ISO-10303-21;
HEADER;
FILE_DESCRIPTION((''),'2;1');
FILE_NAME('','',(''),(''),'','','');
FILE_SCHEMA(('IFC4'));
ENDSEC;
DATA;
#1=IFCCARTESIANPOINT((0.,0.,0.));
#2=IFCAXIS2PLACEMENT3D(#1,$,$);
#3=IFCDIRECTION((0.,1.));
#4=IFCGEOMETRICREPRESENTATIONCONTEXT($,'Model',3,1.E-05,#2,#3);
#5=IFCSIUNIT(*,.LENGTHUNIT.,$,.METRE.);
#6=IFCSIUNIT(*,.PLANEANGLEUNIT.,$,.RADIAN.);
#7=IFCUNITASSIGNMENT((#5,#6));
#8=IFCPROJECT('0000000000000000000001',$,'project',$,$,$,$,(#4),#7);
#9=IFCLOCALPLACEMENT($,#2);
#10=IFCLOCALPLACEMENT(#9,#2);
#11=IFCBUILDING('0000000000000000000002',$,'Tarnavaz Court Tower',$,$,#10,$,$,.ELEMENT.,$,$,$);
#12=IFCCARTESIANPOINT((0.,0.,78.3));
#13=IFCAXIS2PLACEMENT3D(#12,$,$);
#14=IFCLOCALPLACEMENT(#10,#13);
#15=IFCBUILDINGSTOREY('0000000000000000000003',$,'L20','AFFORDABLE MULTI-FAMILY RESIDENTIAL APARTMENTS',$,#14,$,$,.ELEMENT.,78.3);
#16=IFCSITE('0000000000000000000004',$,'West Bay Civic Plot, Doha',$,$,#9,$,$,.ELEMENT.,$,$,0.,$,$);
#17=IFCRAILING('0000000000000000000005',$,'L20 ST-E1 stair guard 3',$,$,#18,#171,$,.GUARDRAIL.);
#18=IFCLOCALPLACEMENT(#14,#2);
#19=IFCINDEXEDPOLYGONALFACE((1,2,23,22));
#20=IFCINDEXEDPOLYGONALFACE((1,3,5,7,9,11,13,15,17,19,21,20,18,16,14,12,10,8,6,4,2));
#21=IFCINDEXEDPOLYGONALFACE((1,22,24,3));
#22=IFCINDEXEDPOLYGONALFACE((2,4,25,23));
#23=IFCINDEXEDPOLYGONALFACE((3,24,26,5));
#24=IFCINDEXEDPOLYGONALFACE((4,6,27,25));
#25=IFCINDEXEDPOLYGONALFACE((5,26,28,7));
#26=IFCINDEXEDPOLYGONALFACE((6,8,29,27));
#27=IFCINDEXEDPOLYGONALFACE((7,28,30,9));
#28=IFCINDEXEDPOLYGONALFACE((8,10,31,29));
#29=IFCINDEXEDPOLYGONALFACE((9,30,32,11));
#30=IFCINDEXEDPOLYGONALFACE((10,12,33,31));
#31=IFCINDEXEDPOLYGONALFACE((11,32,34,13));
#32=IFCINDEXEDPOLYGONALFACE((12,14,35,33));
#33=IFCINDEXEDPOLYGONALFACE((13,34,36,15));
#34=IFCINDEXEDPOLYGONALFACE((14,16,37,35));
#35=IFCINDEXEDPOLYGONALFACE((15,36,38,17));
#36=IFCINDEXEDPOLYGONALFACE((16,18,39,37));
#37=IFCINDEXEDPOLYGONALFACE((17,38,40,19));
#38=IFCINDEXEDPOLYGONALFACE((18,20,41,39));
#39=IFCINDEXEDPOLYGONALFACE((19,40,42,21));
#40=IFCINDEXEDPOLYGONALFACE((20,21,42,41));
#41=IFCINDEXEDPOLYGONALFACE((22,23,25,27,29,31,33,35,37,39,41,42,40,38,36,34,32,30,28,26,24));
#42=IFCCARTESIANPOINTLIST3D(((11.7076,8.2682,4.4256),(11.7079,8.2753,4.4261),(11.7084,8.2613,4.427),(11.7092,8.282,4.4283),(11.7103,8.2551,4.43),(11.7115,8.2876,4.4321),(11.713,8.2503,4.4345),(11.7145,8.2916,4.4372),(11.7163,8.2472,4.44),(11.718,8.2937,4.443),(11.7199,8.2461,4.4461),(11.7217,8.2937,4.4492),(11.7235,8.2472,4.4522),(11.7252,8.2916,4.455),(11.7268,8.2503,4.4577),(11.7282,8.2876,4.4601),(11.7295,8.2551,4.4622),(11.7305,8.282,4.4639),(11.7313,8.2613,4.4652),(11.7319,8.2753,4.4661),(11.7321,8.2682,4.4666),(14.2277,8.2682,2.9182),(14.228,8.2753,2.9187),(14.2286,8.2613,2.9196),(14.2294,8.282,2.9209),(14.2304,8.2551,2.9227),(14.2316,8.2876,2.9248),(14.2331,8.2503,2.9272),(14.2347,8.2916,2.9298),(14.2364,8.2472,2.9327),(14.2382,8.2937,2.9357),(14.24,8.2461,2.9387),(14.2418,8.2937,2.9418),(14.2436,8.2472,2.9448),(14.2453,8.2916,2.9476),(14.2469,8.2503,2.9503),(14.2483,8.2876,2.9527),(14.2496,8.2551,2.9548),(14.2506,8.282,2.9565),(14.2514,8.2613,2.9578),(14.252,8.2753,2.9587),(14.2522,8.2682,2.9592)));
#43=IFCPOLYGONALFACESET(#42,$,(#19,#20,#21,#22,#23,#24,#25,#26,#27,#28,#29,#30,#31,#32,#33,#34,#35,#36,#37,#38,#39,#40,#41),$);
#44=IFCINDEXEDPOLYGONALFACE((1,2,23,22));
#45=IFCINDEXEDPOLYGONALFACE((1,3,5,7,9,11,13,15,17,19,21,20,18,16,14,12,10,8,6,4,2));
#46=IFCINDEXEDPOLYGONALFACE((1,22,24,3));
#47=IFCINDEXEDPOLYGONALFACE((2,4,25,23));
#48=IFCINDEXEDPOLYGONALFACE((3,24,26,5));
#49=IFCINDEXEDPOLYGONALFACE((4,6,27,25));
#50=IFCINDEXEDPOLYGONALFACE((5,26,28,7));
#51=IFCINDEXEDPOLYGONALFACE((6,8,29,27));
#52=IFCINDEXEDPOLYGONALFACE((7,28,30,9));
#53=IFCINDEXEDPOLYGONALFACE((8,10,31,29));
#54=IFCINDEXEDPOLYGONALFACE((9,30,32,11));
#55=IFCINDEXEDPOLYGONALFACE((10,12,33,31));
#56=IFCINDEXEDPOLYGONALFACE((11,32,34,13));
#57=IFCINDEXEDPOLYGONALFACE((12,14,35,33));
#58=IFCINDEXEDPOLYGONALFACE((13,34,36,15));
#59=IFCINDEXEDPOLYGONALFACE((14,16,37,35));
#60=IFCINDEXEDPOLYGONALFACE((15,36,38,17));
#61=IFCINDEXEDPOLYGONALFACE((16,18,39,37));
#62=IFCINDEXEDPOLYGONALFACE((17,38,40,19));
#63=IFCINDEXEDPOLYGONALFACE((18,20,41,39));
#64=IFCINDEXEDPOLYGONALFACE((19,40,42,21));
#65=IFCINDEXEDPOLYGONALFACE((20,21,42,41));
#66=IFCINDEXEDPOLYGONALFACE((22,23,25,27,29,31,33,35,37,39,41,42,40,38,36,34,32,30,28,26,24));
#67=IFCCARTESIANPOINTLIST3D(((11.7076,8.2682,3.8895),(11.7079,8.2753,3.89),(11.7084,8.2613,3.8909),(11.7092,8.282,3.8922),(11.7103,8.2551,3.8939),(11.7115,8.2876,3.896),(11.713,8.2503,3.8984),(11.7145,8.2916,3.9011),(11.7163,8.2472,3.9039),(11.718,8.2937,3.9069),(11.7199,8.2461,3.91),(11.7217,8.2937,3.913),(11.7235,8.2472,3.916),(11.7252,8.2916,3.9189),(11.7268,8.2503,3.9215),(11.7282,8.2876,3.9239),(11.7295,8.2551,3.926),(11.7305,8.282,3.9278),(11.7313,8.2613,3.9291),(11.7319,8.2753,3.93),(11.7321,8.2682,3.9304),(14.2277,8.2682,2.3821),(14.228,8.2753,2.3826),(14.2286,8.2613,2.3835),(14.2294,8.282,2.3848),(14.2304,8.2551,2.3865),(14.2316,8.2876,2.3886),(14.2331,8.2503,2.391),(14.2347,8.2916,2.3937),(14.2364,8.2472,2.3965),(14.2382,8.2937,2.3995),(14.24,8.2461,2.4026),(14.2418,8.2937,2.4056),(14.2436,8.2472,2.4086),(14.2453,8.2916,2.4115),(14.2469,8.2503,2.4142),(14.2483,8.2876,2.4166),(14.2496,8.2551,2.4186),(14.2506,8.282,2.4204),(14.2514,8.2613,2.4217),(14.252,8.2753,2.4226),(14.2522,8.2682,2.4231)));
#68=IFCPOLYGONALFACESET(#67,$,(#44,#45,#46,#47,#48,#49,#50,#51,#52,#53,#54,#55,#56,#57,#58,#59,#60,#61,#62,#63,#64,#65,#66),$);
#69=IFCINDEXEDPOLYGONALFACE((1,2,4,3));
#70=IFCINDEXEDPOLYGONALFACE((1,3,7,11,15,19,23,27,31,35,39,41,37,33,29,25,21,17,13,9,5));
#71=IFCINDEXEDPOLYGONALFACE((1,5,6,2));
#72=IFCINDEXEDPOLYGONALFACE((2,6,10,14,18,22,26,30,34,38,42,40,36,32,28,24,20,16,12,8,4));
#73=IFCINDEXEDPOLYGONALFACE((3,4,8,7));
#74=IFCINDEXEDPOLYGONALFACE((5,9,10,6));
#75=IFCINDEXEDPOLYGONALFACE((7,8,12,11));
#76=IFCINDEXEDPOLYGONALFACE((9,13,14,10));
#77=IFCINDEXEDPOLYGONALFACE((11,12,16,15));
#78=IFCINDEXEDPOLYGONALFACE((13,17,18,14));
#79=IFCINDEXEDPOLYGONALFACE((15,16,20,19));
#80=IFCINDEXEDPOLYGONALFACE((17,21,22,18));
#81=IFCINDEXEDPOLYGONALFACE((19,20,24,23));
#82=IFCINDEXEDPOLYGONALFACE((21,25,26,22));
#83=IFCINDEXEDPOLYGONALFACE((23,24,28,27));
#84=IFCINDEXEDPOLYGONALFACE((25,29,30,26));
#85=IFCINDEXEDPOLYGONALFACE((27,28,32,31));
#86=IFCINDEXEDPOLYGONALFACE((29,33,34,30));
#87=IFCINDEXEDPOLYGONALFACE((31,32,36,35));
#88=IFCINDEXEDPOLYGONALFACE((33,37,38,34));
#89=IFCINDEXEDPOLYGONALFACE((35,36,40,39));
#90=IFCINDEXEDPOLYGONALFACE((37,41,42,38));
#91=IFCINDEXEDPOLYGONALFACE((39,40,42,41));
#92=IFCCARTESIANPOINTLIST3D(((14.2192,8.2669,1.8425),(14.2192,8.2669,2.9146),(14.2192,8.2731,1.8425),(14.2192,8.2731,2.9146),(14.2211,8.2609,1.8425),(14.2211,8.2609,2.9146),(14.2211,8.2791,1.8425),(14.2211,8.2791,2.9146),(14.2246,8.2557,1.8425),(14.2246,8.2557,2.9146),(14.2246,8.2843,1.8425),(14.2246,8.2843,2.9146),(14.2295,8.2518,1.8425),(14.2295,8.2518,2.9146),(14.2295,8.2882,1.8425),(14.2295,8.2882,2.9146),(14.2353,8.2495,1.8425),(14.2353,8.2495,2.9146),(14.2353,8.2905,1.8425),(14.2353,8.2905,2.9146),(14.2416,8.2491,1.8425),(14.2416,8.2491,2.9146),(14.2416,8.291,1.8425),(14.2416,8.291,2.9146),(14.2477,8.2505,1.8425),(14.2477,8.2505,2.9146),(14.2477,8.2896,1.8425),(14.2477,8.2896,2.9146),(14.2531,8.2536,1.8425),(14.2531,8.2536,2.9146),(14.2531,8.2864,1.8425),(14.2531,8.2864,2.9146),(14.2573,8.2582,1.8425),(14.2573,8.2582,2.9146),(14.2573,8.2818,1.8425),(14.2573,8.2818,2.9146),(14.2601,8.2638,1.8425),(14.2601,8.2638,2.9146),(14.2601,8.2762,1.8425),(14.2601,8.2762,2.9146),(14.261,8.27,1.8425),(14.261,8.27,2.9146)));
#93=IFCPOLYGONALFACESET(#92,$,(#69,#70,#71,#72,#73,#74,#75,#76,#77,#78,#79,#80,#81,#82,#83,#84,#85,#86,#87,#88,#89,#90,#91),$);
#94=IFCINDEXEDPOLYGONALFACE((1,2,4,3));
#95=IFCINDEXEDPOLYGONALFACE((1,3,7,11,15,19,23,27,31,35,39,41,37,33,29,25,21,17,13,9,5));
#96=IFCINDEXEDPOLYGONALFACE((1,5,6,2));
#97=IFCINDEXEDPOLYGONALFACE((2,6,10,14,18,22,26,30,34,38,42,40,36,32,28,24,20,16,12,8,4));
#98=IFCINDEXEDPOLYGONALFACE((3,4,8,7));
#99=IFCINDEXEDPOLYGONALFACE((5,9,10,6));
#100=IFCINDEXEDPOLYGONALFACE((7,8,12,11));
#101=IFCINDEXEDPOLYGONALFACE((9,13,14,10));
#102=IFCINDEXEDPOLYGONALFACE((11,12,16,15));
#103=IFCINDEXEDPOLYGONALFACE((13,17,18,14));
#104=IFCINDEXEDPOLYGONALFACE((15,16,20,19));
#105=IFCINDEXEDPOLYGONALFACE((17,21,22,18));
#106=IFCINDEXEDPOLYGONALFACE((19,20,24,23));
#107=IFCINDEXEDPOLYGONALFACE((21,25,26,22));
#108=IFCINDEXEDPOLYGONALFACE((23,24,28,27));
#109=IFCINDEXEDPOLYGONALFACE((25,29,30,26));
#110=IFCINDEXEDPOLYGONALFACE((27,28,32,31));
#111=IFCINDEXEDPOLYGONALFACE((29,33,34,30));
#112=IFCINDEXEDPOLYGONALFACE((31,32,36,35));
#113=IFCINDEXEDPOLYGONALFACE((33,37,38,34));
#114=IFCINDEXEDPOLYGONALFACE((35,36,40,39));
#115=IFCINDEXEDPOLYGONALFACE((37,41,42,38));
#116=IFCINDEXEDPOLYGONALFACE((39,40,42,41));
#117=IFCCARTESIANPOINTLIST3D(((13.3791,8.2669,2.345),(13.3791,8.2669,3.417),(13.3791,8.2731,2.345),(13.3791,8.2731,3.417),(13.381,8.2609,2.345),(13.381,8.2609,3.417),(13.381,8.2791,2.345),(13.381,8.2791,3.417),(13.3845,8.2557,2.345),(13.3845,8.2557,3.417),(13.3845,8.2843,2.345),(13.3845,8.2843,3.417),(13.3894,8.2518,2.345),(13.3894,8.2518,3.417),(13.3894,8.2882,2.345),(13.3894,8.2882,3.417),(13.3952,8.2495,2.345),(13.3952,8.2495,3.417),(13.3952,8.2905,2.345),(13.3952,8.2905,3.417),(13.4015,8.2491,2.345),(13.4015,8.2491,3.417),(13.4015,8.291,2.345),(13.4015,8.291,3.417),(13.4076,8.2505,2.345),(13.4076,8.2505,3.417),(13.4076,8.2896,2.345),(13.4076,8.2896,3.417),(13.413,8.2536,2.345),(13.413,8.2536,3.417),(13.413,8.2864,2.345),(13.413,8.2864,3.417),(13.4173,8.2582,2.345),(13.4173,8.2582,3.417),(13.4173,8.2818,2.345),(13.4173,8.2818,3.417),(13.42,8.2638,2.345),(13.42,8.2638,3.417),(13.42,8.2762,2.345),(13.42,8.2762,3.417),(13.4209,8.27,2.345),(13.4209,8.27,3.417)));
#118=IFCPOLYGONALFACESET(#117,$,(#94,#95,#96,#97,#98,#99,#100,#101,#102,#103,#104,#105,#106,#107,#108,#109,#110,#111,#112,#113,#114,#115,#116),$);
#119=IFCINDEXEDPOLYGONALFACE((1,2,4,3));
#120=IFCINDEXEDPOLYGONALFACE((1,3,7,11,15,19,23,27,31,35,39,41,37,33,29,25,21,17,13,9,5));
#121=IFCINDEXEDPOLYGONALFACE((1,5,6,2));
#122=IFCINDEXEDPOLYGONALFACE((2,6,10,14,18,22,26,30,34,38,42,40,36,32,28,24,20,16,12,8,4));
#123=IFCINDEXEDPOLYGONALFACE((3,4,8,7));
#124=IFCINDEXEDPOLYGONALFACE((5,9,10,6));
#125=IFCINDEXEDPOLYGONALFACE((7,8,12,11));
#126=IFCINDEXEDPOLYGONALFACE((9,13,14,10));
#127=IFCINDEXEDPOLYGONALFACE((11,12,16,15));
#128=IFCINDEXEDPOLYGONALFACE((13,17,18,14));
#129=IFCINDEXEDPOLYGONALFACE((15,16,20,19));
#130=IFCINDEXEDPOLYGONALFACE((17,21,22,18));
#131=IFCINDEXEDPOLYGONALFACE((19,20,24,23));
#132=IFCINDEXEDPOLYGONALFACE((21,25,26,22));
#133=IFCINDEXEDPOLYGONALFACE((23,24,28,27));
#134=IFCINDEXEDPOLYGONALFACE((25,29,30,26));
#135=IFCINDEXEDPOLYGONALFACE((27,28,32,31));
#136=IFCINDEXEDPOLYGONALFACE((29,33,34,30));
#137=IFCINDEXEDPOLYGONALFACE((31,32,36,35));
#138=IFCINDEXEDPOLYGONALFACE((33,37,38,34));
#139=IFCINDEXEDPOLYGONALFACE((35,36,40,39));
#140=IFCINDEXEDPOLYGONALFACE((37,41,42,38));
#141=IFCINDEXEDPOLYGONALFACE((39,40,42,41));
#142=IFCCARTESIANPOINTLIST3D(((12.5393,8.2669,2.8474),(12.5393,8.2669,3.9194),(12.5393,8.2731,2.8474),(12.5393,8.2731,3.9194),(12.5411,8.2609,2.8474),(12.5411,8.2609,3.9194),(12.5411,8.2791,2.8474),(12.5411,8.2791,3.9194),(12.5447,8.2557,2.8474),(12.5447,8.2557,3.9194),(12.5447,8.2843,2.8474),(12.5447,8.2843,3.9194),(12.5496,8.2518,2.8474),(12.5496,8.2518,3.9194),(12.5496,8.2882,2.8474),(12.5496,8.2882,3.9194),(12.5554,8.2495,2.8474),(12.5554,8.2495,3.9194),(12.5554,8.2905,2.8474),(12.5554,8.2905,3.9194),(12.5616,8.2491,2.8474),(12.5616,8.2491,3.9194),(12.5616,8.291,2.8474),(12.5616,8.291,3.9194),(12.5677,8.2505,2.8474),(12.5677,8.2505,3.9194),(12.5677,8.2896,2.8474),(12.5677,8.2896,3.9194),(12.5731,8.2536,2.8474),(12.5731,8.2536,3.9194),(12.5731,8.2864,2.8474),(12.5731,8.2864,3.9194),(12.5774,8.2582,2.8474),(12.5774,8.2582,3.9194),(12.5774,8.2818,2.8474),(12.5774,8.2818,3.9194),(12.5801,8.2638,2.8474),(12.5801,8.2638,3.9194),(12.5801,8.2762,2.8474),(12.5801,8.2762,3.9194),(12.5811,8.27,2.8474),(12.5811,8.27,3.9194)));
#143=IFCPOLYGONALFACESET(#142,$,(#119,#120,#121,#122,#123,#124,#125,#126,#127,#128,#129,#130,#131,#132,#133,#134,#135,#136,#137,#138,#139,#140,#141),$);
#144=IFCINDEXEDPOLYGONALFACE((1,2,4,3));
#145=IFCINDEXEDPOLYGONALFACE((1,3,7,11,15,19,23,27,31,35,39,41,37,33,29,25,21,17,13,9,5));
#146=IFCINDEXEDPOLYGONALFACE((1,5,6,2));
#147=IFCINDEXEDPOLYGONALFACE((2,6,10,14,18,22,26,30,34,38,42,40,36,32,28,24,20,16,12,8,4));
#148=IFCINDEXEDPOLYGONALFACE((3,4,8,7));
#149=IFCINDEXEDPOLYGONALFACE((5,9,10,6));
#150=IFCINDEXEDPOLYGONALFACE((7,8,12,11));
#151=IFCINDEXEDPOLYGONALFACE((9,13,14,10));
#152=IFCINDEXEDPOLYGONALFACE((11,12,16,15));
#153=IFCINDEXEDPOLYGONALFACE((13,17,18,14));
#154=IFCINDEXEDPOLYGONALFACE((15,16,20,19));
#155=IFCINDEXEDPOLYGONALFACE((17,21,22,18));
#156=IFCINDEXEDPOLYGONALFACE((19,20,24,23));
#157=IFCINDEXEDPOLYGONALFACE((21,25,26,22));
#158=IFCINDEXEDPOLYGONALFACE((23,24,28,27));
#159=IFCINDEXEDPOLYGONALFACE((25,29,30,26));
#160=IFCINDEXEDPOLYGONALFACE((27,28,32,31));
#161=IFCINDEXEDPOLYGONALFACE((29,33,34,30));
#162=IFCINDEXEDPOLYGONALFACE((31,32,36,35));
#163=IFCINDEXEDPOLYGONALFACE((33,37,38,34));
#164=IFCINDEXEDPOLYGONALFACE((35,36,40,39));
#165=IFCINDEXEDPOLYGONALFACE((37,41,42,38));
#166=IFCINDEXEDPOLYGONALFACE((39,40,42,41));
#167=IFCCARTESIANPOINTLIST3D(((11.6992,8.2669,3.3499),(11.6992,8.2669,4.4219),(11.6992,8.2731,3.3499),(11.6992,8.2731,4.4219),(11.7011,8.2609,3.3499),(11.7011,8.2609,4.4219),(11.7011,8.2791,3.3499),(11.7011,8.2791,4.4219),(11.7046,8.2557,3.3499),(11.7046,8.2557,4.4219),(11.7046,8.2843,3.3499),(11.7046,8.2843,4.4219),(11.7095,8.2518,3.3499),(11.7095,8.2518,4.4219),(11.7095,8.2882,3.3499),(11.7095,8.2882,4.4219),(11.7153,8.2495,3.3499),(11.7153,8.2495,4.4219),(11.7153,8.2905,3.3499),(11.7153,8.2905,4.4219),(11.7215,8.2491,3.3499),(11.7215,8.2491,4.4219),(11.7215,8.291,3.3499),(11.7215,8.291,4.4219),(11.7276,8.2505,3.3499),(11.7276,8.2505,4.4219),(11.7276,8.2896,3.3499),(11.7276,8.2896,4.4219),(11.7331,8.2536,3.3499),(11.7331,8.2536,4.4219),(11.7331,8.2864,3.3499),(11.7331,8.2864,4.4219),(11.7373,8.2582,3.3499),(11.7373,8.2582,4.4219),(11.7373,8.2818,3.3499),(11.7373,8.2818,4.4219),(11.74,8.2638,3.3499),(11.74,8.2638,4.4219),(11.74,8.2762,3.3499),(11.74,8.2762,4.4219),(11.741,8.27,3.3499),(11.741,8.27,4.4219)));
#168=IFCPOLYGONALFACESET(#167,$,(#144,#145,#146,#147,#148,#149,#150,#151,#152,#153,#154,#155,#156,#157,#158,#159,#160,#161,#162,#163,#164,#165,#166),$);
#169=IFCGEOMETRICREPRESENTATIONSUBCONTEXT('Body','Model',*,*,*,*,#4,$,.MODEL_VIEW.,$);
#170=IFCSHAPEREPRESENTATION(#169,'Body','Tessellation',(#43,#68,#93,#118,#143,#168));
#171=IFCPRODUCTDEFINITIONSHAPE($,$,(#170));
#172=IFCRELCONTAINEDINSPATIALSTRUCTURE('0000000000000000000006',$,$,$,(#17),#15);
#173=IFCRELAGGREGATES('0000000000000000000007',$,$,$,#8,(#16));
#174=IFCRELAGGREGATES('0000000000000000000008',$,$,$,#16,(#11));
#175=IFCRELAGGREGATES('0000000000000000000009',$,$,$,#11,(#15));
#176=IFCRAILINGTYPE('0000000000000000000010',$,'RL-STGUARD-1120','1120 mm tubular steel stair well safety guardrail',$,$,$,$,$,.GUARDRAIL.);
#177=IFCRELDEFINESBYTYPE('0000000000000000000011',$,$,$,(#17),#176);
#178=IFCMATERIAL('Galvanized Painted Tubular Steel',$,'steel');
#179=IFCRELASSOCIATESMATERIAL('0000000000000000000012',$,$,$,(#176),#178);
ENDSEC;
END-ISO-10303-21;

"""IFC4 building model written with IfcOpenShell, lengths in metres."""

from ifc_helpers import new_model, si_unit, direction, frame, origin, origin_2d, place, context, subcontext, project, spatial, circle, extrude, material, type_object, element, save


model = new_model("IFC4")

# Units and contexts
model_context = context("Model", 3, precision=1e-05, world=origin(), true_north=direction((0.0, 1.0)))
body_context = subcontext(model_context, "Body", "Model", "MODEL_VIEW")
ifc_project = project(units=[si_unit("LENGTHUNIT", "METRE"), si_unit("PLANEANGLEUNIT", "RADIAN")], contexts=[model_context])

# Site, building, storey
site_placement = place(None, origin())
site = spatial("IfcSite", under=ifc_project, at=site_placement, Name="West Bay Civic Plot, Doha", CompositionType="ELEMENT", RefElevation=0.0)
building_placement = place(site_placement, origin())
building = spatial("IfcBuilding", under=site, at=building_placement, Name="Tarnavaz Court Tower", CompositionType="ELEMENT")
storey_placement = place(building_placement, frame((0.0, 0.0, 78.3)))
storey = spatial("IfcBuildingStorey", under=building, at=storey_placement, Name="L20", Description="AFFORDABLE MULTI-FAMILY RESIDENTIAL APARTMENTS", CompositionType="ELEMENT", Elevation=78.3)

# Railing
ifc_material_1 = material(Name="Galvanized Painted Tubular Steel", Category="steel")
railing_type_1 = type_object("IfcRailingType", Name="RL-STGUARD-1120", Description="1120 mm tubular steel stair well safety guardrail", PredefinedType="GUARDRAIL", material=ifc_material_1)
railing_1_placement = place(storey_placement, frame((14.24, 8.27, 1.8425)))
element("IfcRailing", 1, at=railing_1_placement, inside=storey, type_object=railing_type_1, Name="L20 ST-E1 stair guard 3", PredefinedType="GUARDRAIL", context=body_context, shape_type="SweptSolid", body=[
    extrude(circle(Radius=0.0239, at=origin_2d()), frame((0.0, 0.0, 1.0962), z_axis=(-0.858196, 0.0, 0.513321), x_axis=(0.0, -1.0, 0.0)), (0.0, 0.0, 1.0), 2.9365),
    extrude(circle(Radius=0.0239, at=origin_2d()), frame((0.0, 0.0, 0.5601), z_axis=(-0.858196, 0.0, 0.513321), x_axis=(0.0, -1.0, 0.0)), (0.0, 0.0, 1.0), 2.9365),
    extrude(circle(Radius=0.021, at=origin_2d()), origin(), (0.0, 0.0, 1.0), 1.072),
    extrude(circle(Radius=0.021, at=origin_2d()), frame((-0.8401, 0.0, 0.5024)), (0.0, 0.0, 1.0), 1.072),
    extrude(circle(Radius=0.021, at=origin_2d()), frame((-1.6799, 0.0, 1.0049)), (0.0, 0.0, 1.0), 1.072),
    extrude(circle(Radius=0.021, at=origin_2d()), frame((-2.52, 0.0, 1.5073)), (0.0, 0.0, 1.0), 1.072),
])

save(model, "model.ifc")
